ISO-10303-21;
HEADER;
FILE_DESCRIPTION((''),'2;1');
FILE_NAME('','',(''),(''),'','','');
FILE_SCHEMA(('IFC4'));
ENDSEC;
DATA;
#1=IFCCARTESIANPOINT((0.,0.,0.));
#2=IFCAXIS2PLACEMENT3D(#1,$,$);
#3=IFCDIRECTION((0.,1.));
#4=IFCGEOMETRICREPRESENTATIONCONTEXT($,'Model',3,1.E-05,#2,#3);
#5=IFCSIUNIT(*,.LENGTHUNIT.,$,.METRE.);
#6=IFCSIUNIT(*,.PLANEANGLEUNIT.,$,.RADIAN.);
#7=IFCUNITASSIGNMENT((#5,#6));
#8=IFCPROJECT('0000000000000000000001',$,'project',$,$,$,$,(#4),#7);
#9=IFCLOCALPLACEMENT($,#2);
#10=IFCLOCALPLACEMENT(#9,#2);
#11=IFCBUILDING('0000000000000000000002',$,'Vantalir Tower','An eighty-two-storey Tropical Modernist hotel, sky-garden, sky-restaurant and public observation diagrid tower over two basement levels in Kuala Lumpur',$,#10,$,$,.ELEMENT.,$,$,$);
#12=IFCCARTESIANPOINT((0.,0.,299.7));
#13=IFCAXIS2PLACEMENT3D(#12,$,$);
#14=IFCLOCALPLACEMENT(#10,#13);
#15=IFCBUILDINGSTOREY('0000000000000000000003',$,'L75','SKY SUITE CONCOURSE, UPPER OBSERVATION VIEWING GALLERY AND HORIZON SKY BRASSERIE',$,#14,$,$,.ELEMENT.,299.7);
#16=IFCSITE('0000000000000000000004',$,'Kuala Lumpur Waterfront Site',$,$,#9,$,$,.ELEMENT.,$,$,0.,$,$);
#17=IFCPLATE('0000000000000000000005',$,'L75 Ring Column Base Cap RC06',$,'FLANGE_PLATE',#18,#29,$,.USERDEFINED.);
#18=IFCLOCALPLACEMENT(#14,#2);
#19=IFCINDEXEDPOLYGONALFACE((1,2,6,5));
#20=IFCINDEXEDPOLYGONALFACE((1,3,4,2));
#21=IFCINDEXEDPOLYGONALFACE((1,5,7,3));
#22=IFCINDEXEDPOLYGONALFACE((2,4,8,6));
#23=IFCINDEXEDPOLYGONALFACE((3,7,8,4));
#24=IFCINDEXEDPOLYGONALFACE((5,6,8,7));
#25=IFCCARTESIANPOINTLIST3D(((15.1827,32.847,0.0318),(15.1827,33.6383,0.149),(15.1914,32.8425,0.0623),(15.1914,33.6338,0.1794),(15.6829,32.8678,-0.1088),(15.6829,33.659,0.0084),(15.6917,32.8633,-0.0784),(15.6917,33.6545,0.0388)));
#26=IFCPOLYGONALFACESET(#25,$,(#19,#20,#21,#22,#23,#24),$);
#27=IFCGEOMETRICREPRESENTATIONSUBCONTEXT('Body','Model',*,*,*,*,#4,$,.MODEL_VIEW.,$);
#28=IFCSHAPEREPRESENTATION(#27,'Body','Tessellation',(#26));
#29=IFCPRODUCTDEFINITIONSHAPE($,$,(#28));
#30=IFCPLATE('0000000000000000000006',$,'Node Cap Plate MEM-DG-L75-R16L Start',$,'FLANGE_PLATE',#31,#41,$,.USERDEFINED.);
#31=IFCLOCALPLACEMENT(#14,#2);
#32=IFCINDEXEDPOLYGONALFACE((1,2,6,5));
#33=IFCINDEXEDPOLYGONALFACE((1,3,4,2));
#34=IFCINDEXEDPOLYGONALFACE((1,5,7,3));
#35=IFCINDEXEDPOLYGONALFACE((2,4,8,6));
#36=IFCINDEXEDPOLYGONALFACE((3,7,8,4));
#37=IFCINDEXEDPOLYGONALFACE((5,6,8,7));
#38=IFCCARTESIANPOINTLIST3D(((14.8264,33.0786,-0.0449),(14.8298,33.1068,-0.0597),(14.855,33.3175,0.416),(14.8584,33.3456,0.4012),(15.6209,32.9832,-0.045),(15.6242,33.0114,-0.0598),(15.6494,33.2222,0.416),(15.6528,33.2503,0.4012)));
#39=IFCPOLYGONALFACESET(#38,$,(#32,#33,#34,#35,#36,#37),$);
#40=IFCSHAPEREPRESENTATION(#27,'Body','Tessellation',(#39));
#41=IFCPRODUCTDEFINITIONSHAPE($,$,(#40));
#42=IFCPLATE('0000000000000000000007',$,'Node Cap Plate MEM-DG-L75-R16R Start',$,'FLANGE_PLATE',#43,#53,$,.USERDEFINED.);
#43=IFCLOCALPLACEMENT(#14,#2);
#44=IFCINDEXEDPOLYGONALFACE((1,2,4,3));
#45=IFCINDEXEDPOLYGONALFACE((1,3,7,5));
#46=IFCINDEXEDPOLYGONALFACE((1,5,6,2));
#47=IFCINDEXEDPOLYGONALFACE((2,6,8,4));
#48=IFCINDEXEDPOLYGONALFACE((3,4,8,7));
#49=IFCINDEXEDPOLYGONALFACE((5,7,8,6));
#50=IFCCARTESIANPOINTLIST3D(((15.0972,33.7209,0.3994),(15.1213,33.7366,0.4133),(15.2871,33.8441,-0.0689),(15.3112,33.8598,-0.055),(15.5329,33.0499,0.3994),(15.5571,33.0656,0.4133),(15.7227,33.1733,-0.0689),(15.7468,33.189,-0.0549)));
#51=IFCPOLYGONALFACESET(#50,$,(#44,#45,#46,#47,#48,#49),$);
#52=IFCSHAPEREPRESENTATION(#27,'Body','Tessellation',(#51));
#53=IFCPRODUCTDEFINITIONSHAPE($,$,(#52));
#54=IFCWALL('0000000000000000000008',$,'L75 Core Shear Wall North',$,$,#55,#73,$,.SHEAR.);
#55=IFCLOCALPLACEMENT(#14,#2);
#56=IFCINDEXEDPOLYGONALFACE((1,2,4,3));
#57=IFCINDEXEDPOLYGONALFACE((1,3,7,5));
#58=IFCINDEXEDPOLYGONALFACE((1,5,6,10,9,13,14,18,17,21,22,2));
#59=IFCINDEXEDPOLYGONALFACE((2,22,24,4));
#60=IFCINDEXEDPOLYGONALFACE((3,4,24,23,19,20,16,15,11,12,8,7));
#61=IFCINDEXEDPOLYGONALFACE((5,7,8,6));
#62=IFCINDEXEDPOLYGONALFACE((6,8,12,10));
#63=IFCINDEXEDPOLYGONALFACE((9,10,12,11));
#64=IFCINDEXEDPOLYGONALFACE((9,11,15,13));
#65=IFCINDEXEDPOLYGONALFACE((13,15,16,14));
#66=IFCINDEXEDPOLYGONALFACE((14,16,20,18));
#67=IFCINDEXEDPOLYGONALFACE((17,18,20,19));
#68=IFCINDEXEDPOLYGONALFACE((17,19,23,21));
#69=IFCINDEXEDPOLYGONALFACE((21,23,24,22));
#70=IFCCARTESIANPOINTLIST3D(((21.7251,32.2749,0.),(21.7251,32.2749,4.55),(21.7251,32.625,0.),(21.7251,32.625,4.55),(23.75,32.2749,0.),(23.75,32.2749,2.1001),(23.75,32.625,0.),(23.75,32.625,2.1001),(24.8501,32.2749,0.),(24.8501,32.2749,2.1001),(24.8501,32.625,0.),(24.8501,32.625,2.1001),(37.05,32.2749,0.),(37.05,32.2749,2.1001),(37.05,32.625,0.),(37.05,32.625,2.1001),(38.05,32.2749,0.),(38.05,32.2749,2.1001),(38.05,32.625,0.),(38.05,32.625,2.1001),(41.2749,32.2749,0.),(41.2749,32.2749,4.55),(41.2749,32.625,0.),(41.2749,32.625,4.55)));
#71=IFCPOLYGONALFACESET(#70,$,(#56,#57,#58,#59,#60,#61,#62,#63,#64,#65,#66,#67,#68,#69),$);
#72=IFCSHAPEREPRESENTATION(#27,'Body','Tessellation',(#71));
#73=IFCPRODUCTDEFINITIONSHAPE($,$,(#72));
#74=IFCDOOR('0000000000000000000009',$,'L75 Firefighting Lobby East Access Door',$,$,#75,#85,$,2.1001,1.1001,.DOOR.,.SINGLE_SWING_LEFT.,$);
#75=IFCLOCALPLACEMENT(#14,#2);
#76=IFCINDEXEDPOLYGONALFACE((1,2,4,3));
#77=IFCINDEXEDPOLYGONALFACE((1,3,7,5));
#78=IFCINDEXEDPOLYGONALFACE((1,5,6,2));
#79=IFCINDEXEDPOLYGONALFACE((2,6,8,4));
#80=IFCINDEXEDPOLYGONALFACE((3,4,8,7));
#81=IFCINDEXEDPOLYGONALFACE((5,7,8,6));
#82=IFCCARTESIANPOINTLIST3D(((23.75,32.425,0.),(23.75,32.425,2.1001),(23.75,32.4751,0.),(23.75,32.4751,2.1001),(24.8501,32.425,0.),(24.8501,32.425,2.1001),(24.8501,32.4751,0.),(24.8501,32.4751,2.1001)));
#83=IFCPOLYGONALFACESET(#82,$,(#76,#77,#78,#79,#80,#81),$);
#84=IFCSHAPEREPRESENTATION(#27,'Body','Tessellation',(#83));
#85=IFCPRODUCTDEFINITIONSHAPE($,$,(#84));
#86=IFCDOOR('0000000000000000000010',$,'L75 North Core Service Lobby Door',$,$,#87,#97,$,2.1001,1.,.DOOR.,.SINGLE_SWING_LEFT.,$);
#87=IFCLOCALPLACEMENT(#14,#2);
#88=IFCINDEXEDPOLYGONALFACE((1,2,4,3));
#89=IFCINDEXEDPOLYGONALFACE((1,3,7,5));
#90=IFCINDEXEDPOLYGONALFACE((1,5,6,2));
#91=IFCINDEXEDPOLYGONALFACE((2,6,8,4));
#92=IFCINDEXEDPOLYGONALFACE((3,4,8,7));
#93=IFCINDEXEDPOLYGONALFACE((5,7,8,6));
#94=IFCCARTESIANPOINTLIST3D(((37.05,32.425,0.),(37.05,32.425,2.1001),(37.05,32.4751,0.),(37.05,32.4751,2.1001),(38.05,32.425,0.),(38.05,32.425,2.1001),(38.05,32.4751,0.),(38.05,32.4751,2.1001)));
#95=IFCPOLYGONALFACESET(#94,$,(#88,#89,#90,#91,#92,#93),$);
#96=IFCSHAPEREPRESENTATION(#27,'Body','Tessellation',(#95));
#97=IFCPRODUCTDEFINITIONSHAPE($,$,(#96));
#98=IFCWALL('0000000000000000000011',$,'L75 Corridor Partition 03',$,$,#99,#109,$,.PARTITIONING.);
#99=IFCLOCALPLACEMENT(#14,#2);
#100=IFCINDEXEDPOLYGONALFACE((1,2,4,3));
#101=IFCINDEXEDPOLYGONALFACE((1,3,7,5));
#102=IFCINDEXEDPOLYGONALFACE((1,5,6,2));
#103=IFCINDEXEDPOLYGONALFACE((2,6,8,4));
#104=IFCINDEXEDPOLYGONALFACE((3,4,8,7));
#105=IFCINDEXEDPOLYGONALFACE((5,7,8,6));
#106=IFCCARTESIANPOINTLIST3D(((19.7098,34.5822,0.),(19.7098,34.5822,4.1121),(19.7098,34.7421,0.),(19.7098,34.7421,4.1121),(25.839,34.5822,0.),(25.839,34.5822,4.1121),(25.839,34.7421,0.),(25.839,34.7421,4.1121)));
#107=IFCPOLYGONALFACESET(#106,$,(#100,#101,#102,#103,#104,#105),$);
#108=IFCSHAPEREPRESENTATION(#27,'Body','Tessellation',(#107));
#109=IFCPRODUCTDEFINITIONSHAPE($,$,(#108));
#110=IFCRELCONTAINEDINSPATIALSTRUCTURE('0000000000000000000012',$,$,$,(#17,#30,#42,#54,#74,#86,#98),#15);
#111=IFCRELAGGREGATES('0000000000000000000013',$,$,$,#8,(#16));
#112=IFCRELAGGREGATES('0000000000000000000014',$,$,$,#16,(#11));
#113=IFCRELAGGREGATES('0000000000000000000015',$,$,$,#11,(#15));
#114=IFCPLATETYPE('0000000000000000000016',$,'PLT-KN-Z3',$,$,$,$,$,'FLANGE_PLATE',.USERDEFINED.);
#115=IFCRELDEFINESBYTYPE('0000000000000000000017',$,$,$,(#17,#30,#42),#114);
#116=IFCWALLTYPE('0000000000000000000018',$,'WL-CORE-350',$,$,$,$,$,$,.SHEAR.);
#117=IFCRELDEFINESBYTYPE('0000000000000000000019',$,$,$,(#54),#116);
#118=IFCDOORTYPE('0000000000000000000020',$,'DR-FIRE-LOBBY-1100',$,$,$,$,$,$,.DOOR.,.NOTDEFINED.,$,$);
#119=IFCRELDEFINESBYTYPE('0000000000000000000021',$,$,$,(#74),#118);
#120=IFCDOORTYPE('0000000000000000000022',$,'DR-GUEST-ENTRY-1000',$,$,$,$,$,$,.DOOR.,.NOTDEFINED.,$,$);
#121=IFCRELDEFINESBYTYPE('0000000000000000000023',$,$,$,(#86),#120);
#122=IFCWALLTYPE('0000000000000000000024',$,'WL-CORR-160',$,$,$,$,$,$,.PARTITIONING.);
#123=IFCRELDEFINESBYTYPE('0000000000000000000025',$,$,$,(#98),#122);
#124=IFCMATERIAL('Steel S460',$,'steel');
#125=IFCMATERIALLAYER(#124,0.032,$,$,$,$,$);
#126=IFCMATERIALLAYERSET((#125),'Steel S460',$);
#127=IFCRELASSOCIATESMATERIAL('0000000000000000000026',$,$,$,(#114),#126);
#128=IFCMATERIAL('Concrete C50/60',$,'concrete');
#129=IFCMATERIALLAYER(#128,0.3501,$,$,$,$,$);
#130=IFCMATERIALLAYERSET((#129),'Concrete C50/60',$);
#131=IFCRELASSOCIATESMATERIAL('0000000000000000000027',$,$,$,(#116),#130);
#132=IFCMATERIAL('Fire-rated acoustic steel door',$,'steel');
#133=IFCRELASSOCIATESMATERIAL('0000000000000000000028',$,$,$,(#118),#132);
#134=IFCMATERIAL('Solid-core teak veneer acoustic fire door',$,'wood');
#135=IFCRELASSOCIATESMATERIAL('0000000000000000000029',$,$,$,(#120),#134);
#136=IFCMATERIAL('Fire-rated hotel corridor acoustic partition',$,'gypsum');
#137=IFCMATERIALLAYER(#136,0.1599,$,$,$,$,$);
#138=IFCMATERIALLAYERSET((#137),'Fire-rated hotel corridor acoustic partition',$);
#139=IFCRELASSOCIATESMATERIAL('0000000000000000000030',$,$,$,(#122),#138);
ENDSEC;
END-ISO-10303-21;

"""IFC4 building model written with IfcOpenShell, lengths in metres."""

from ifc_helpers import new_model, si_unit, direction, frame, frame_2d, origin, place, context, subcontext, project, spatial, polyline, rectangle, outline, extrude, material, layer, layer_set, type_object, element, fill, save


model = new_model("IFC4")

# Units and contexts
model_context = context("Model", 3, precision=1e-05, world=origin(), true_north=direction((0.0, 1.0)))
body_context = subcontext(model_context, "Body", "Model", "MODEL_VIEW")
ifc_project = project(units=[si_unit("LENGTHUNIT", "METRE"), si_unit("PLANEANGLEUNIT", "RADIAN")], contexts=[model_context])

# Site, building, storey
site_placement = place(None, origin())
site = spatial("IfcSite", under=ifc_project, at=site_placement, Name="Kuala Lumpur Waterfront Site", CompositionType="ELEMENT", RefElevation=0.0)
building_placement = place(site_placement, origin())
building = spatial("IfcBuilding", under=site, at=building_placement, Name="Vantalir Tower", Description="An eighty-two-storey Tropical Modernist hotel, sky-garden, sky-restaurant and public observation diagrid tower over two basement levels in Kuala Lumpur", CompositionType="ELEMENT")
storey_placement = place(building_placement, frame((0.0, 0.0, 299.7)))
storey = spatial("IfcBuildingStorey", under=building, at=storey_placement, Name="L75", Description="SKY SUITE CONCOURSE, UPPER OBSERVATION VIEWING GALLERY AND HORIZON SKY BRASSERIE", CompositionType="ELEMENT", Elevation=299.7)

# Shared definitions
ifc_material_1 = material(Name="Concrete C50/60", Category="concrete")
ifc_material_2 = material(Name="Steel S460", Category="steel")

# Plates
ifc_layer_1 = layer(ifc_material_2, 0.032)
ifc_layer_set_1 = layer_set([ifc_layer_1], Name="Steel S460")
plate_type_1 = type_object("IfcPlateType", Name="PLT-KN-Z3", ElementType="FLANGE_PLATE", PredefinedType="USERDEFINED", material=ifc_layer_set_1)
plate_1_placement = place(storey_placement, frame((15.1914, 33.6338, 0.1794), z_axis=(0.273336, -0.140925, 0.95154), x_axis=(0.0, -0.98921, -0.146504)))
element("IfcPlate", 1, at=plate_1_placement, inside=storey, type_object=plate_type_1, Name="L75 Ring Column Base Cap RC06", ObjectType="FLANGE_PLATE", PredefinedType="USERDEFINED", context=body_context, shape_type="SweptSolid", body=[
    extrude(outline(polyline([(0.0, 0.0), (0.7999, 0.0), (0.8, 0.52), (0.0001, 0.52), (0.0, 0.0)])), origin(), (0.0, 0.0, -1.0), 0.032),
])
plate_2_placement = place(storey_placement, frame((14.8264, 33.0786, -0.0449), z_axis=(-0.105628, -0.880187, 0.462723), x_axis=(0.992872, -0.119183, -0.000062)))
element("IfcPlate", 2, at=plate_2_placement, inside=storey, type_object=plate_type_1, Name="Node Cap Plate MEM-DG-L75-R16L Start", ObjectType="FLANGE_PLATE", PredefinedType="USERDEFINED", context=body_context, shape_type="SweptSolid", body=[
    extrude(outline(polyline([(0.0, 0.0), (0.8001, 0.0), (0.8, 0.52), (-0.0001, 0.5199), (0.0, 0.0)])), origin(), (0.0, 0.0, -1.0), 0.032),
])
plate_3_placement = place(storey_placement, frame((15.7468, 33.189, -0.0549), z_axis=(0.755094, 0.490344, 0.435197), x_axis=(-0.544603, 0.838694, -0.00005)))
element("IfcPlate", 3, at=plate_3_placement, inside=storey, type_object=plate_type_1, Name="Node Cap Plate MEM-DG-L75-R16R Start", ObjectType="FLANGE_PLATE", PredefinedType="USERDEFINED", context=body_context, shape_type="SweptSolid", body=[
    extrude(outline(polyline([(0.0, 0.0), (0.7999, 0.0), (0.7999, 0.5201), (-0.0001, 0.5201), (0.0, 0.0)])), origin(), (0.0, 0.0, -1.0), 0.032),
])

# Wall, openings, doors
ifc_layer_2 = layer(ifc_material_1, 0.3501)
ifc_layer_set_2 = layer_set([ifc_layer_2], Name="Concrete C50/60")
wall_type_1 = type_object("IfcWallType", Name="WL-CORE-350", PredefinedType="SHEAR", material=ifc_layer_set_2)
wall_1_placement = place(storey_placement, frame((21.7251, 32.45, 0.0), z_axis=(0.0, 0.0, 1.0), x_axis=(1.0, 0.0, 0.0)))
wall_1 = element("IfcWall", 4, at=wall_1_placement, inside=storey, type_object=wall_type_1, Name="L75 Core Shear Wall North", PredefinedType="SHEAR", context=body_context, shape_type="SweptSolid", body=[
    extrude(rectangle(XDim=19.5498, YDim=0.3501, at=frame_2d((9.7749, 0.0))), origin(), (0.0, 0.0, 1.0), 4.55),
])
opening_1_placement = place(wall_1_placement, frame((2.0249, 0.0, 0.0)))
opening_1 = element("IfcOpeningElement", 5, at=opening_1_placement, cuts=wall_1, PredefinedType="OPENING", context=body_context, shape_type="SweptSolid", body=[
    extrude(rectangle(XDim=1.1001, YDim=2.1001, at=frame_2d((0.55, 1.05))), frame((0.0, 0.1851, 0.0), z_axis=(0.0, -1.0, 0.0), x_axis=(1.0, 0.0, 0.0)), (0.0, 0.0, 1.0), 0.3701),
])
opening_2_placement = place(wall_1_placement, frame((15.325, 0.0, 0.0)))
opening_2 = element("IfcOpeningElement", 6, at=opening_2_placement, cuts=wall_1, PredefinedType="OPENING", context=body_context, shape_type="SweptSolid", body=[
    extrude(rectangle(XDim=1.0, YDim=2.1001, at=frame_2d((0.5, 1.05))), frame((0.0, 0.1851, 0.0), z_axis=(0.0, -1.0, 0.0), x_axis=(1.0, 0.0, 0.0)), (0.0, 0.0, 1.0), 0.3701),
])
ifc_material_3 = material(Name="Fire-rated acoustic steel door", Category="steel")
door_type_1 = type_object("IfcDoorType", Name="DR-FIRE-LOBBY-1100", OperationType="NOTDEFINED", PredefinedType="DOOR", material=ifc_material_3)
door_1_placement = place(opening_1_placement, frame((1.1001, 0.0, 0.0), z_axis=(0.0, 0.0, 1.0), x_axis=(-1.0, 0.0, 0.0)))
door_1 = element("IfcDoor", 7, at=door_1_placement, inside=storey, type_object=door_type_1, Name="L75 Firefighting Lobby East Access Door", OperationType="SINGLE_SWING_LEFT", OverallHeight=2.1001, OverallWidth=1.1001, PredefinedType="DOOR", context=body_context, shape_type="SweptSolid", body=[
    extrude(rectangle(XDim=1.1001, YDim=2.1001, at=frame_2d((0.55, 1.05))), frame((0.0, 0.0249, 0.0), z_axis=(0.0, -1.0, 0.0), x_axis=(1.0, 0.0, 0.0)), (0.0, 0.0, 1.0), 0.05),
])
fill(opening_1, door_1)
ifc_material_4 = material(Name="Solid-core teak veneer acoustic fire door", Category="wood")
door_type_2 = type_object("IfcDoorType", Name="DR-GUEST-ENTRY-1000", OperationType="NOTDEFINED", PredefinedType="DOOR", material=ifc_material_4)
door_2_placement = place(opening_2_placement, frame((1.0, 0.0, 0.0), z_axis=(0.0, 0.0, 1.0), x_axis=(-1.0, 0.0, 0.0)))
door_2 = element("IfcDoor", 8, at=door_2_placement, inside=storey, type_object=door_type_2, Name="L75 North Core Service Lobby Door", OperationType="SINGLE_SWING_LEFT", OverallHeight=2.1001, OverallWidth=1.0, PredefinedType="DOOR", context=body_context, shape_type="SweptSolid", body=[
    extrude(rectangle(XDim=1.0, YDim=2.1001, at=frame_2d((0.5, 1.05))), frame((0.0, 0.0249, 0.0), z_axis=(0.0, -1.0, 0.0), x_axis=(1.0, 0.0, 0.0)), (0.0, 0.0, 1.0), 0.05),
])
fill(opening_2, door_2)

# Wall
ifc_material_5 = material(Name="Fire-rated hotel corridor acoustic partition", Category="gypsum")
ifc_layer_3 = layer(ifc_material_5, 0.1599)
ifc_layer_set_3 = layer_set([ifc_layer_3], Name="Fire-rated hotel corridor acoustic partition")
wall_type_2 = type_object("IfcWallType", Name="WL-CORR-160", PredefinedType="PARTITIONING", material=ifc_layer_set_3)
wall_2_placement = place(storey_placement, frame((19.71, 34.6621, 0.0), z_axis=(0.0, 0.0, 1.0), x_axis=(1.0, 0.0, 0.0)))
element("IfcWall", 9, at=wall_2_placement, inside=storey, type_object=wall_type_2, Name="L75 Corridor Partition 03", PredefinedType="PARTITIONING", context=body_context, shape_type="SweptSolid", body=[
    extrude(rectangle(XDim=6.1292, YDim=0.1599, at=frame_2d((3.0645, 0.0))), origin(), (0.0, 0.0, 1.0), 4.1121),
])

save(model, "model.ifc")
